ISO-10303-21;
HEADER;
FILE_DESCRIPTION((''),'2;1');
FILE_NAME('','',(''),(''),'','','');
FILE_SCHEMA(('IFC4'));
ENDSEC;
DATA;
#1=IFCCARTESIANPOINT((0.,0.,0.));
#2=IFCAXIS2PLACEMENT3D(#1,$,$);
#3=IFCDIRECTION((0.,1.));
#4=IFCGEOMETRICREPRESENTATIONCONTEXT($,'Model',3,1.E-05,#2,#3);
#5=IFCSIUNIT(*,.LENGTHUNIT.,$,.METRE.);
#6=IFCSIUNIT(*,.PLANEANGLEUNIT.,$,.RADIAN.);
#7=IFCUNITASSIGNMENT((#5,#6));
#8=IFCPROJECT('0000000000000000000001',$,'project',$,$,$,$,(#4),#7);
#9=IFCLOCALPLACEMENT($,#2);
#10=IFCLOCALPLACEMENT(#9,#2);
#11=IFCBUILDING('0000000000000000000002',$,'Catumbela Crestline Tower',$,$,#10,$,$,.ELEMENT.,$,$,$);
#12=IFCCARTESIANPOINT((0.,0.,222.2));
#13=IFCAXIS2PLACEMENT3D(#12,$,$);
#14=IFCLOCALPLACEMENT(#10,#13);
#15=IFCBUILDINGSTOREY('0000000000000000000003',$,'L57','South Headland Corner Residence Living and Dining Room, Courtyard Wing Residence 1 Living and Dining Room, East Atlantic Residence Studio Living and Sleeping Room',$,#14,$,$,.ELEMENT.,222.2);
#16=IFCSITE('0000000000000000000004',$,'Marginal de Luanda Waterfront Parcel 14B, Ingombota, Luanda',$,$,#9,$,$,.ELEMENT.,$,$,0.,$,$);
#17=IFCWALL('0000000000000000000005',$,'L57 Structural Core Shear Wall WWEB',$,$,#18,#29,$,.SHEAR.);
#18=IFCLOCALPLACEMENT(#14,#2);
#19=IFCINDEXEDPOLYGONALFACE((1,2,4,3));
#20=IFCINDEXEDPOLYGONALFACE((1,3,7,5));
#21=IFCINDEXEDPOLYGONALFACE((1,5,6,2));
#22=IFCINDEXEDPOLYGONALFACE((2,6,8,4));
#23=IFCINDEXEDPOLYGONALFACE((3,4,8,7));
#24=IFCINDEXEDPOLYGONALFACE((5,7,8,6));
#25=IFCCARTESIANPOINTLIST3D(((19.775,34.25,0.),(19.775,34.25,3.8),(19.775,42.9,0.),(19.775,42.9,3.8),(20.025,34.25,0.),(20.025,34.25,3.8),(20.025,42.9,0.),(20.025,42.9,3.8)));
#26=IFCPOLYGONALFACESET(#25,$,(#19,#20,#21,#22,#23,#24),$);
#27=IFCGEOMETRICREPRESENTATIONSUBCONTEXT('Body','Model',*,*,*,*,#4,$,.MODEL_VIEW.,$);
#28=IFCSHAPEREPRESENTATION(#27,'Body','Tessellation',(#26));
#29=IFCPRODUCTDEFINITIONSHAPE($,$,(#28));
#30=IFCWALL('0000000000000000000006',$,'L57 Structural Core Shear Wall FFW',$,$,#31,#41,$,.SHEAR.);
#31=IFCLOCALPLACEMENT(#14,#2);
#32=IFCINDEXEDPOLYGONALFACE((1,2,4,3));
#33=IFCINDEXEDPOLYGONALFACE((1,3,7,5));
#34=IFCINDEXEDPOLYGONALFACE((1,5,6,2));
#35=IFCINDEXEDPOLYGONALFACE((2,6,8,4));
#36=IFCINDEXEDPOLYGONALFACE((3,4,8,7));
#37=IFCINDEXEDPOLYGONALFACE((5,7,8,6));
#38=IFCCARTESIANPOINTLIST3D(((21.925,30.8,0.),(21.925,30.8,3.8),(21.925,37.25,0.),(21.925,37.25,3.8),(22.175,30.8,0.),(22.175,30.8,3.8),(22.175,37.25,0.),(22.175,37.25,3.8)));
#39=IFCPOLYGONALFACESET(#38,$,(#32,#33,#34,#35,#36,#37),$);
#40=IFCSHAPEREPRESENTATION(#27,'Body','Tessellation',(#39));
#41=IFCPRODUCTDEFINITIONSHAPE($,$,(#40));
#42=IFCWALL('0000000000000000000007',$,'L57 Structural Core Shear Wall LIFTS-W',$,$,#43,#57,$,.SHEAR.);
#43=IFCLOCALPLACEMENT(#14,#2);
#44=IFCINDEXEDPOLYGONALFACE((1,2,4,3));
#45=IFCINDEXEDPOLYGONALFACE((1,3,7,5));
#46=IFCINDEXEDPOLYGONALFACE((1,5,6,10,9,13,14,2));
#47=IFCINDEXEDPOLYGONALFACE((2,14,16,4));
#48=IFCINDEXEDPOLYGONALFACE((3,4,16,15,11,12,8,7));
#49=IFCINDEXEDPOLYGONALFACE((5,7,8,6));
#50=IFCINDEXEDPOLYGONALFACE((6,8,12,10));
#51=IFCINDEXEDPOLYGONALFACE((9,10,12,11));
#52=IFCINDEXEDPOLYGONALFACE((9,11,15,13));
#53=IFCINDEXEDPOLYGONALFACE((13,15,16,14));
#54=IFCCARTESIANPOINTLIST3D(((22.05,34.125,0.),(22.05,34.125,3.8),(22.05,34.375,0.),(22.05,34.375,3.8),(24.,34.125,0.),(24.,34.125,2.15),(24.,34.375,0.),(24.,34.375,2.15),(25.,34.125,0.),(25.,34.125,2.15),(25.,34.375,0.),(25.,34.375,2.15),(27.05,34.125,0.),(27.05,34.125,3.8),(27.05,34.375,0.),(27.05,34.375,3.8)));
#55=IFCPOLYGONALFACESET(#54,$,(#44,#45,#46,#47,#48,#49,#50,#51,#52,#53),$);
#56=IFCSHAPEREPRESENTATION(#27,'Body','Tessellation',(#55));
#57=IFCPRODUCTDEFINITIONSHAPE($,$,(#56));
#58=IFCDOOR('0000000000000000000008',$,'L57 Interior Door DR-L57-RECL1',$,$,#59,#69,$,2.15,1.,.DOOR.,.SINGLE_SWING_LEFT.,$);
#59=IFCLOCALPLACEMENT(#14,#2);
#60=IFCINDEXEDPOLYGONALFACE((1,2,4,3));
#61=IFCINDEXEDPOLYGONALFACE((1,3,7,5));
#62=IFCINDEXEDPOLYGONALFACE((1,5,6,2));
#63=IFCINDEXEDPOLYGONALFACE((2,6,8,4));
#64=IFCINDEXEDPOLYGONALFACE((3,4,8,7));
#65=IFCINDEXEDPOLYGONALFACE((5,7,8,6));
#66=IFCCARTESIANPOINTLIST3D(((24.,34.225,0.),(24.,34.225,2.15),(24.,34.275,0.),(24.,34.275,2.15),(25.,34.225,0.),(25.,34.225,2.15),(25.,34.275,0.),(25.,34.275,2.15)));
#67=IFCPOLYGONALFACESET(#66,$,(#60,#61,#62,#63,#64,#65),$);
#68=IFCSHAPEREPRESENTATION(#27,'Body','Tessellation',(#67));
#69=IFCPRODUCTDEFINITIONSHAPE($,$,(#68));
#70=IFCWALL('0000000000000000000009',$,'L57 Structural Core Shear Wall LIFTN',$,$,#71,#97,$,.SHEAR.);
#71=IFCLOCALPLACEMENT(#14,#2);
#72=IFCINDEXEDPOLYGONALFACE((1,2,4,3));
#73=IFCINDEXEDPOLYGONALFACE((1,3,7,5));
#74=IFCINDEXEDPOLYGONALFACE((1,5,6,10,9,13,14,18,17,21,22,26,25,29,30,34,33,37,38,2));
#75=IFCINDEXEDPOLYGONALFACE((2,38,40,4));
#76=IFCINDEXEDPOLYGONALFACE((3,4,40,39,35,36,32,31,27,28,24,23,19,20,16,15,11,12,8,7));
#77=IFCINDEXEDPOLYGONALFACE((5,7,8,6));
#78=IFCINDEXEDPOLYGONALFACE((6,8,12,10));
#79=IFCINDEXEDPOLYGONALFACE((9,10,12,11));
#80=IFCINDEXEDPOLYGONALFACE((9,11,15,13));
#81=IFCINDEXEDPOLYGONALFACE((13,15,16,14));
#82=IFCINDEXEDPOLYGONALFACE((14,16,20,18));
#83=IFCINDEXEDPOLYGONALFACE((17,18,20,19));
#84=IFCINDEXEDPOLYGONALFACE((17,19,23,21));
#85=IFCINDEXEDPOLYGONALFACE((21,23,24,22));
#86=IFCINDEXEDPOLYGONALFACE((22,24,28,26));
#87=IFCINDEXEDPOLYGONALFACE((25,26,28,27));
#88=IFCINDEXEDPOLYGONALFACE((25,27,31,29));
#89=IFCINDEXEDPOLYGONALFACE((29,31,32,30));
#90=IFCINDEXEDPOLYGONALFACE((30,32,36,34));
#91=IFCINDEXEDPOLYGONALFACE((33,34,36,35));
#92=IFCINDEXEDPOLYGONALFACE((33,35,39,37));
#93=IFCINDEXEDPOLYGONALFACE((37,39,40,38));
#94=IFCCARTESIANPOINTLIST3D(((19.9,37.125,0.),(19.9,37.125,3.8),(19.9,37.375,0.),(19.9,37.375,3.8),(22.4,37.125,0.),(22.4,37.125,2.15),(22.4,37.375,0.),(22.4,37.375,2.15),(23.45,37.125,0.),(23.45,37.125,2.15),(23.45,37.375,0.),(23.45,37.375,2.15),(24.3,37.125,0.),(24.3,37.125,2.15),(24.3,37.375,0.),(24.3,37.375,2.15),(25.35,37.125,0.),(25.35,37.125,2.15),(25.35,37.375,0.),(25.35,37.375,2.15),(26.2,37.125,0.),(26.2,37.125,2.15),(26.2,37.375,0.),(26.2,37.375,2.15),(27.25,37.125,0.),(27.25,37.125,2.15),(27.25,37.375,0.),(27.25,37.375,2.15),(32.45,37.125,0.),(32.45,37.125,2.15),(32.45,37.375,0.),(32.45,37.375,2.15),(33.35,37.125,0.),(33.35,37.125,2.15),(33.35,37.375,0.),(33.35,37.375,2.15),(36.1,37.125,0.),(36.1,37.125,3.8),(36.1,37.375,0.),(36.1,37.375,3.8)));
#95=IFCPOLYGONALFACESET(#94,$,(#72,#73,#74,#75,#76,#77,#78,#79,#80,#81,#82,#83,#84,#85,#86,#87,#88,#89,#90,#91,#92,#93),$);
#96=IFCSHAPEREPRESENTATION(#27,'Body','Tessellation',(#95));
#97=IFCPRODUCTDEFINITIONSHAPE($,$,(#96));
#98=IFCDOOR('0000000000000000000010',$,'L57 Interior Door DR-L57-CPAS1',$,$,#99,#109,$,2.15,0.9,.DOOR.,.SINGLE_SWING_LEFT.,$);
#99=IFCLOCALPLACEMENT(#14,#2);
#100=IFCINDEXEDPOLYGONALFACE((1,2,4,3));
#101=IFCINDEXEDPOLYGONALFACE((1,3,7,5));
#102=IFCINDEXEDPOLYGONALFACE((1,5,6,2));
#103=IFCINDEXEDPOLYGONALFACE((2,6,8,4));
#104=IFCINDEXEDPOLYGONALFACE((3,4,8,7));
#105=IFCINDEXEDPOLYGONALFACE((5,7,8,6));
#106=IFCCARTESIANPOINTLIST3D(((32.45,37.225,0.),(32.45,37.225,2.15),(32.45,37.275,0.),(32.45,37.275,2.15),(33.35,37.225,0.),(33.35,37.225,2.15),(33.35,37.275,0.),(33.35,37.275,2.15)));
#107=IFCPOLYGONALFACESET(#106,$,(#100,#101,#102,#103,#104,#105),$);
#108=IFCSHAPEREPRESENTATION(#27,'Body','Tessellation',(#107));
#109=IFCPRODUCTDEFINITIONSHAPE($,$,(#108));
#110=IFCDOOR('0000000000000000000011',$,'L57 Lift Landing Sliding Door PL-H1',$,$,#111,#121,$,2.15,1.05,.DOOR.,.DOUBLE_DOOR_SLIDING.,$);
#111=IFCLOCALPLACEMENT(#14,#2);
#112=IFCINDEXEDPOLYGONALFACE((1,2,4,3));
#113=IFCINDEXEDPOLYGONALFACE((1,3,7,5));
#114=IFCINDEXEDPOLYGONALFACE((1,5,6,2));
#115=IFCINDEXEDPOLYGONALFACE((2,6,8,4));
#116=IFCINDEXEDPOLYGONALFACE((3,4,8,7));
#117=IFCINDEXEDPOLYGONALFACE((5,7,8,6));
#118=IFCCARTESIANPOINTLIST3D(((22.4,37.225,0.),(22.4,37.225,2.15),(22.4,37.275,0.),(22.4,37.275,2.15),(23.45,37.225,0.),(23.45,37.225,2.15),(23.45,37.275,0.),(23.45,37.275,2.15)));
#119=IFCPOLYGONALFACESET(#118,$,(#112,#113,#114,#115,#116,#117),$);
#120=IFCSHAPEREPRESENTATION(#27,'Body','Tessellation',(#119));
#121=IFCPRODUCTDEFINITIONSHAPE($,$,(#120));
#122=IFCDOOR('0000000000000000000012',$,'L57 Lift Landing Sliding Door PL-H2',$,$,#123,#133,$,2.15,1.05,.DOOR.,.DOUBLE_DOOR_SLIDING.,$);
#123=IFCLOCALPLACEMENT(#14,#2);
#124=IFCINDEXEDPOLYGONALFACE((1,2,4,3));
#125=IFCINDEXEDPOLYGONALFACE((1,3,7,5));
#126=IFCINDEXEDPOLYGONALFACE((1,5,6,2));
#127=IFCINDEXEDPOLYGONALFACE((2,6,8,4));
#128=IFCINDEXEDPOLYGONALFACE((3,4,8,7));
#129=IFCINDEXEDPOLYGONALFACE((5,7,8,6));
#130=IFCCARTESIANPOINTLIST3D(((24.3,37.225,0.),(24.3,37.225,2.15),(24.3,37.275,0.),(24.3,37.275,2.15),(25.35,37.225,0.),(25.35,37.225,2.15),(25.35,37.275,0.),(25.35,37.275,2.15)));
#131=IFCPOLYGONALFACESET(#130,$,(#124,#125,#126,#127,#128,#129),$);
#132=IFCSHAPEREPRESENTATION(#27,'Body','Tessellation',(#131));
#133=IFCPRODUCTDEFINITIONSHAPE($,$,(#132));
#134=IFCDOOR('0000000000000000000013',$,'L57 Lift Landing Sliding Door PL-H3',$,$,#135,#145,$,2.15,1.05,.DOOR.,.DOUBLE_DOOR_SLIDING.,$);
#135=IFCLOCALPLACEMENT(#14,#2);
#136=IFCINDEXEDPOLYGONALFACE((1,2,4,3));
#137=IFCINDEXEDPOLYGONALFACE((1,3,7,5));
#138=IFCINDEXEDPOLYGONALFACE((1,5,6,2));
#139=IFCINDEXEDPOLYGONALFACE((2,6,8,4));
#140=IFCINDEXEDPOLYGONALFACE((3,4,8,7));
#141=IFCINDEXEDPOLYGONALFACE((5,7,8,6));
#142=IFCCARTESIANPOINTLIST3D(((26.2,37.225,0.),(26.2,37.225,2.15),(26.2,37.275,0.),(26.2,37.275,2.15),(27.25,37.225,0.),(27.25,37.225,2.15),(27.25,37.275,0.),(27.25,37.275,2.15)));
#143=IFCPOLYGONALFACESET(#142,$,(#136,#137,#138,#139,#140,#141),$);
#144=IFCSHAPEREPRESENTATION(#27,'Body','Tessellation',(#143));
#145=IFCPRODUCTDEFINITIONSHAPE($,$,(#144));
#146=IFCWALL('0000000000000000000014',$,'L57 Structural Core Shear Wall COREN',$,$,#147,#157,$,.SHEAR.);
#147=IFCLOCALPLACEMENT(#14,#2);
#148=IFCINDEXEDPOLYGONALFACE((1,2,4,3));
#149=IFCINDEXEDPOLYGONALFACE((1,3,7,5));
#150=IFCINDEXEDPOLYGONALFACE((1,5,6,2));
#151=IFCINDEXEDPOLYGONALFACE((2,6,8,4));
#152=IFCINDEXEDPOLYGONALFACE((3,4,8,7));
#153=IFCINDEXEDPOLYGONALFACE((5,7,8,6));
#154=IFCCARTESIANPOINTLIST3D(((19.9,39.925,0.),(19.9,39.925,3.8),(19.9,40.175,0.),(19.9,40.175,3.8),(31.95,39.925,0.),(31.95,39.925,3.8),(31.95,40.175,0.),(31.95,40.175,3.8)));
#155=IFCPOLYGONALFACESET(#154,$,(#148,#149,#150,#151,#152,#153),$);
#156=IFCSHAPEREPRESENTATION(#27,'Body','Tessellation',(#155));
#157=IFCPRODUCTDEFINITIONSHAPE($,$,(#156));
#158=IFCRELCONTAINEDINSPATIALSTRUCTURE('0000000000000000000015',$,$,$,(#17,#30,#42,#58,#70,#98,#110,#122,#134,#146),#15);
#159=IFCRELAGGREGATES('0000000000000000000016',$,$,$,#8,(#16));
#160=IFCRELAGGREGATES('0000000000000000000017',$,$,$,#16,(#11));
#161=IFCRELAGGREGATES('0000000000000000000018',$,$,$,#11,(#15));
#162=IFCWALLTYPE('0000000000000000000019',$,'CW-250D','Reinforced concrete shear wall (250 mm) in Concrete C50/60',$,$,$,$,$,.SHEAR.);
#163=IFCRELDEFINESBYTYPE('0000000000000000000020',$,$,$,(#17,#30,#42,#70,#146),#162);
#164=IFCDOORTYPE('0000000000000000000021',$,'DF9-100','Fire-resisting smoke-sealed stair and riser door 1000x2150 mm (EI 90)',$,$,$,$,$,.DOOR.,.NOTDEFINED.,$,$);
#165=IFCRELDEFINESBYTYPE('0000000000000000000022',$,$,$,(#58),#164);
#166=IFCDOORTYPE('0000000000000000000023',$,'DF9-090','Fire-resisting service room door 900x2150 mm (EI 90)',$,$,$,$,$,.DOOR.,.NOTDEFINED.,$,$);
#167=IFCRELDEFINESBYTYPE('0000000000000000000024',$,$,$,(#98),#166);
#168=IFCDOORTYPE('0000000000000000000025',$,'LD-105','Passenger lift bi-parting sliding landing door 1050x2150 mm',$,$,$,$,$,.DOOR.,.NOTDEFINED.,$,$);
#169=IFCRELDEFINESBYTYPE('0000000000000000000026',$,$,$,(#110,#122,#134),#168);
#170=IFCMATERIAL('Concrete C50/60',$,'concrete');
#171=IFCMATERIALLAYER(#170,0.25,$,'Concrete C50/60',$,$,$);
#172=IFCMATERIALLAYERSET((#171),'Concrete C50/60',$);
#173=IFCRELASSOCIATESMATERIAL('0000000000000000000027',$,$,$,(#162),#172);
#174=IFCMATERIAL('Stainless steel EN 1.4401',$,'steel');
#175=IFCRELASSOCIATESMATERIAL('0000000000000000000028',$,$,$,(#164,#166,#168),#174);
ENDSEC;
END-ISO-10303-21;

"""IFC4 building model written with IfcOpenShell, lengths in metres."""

from ifc_helpers import new_model, si_unit, direction, frame, frame_2d, origin, place, context, subcontext, project, spatial, rectangle, extrude, material, layer, layer_set, type_object, element, fill, save


model = new_model("IFC4")

# Units and contexts
model_context = context("Model", 3, precision=1e-05, world=origin(), true_north=direction((0.0, 1.0)))
body_context = subcontext(model_context, "Body", "Model", "MODEL_VIEW")
ifc_project = project(units=[si_unit("LENGTHUNIT", "METRE"), si_unit("PLANEANGLEUNIT", "RADIAN")], contexts=[model_context])

# Site, building, storey
site_placement = place(None, origin())
site = spatial("IfcSite", under=ifc_project, at=site_placement, Name="Marginal de Luanda Waterfront Parcel 14B, Ingombota, Luanda", CompositionType="ELEMENT", RefElevation=0.0)
building_placement = place(site_placement, origin())
building = spatial("IfcBuilding", under=site, at=building_placement, Name="Catumbela Crestline Tower", CompositionType="ELEMENT")
storey_placement = place(building_placement, frame((0.0, 0.0, 222.2)))
storey = spatial("IfcBuildingStorey", under=building, at=storey_placement, Name="L57", Description="South Headland Corner Residence Living and Dining Room, Courtyard Wing Residence 1 Living and Dining Room, East Atlantic Residence Studio Living and Sleeping Room", CompositionType="ELEMENT", Elevation=222.2)

# Walls
ifc_material_1 = material(Name="Concrete C50/60", Category="concrete")
ifc_layer_1 = layer(ifc_material_1, 0.25, Name="Concrete C50/60")
ifc_layer_set_1 = layer_set([ifc_layer_1], Name="Concrete C50/60")
wall_type_1 = type_object("IfcWallType", Name="CW-250D", Description="Reinforced concrete shear wall (250 mm) in Concrete C50/60", PredefinedType="SHEAR", material=ifc_layer_set_1)
wall_1_placement = place(storey_placement, frame((19.9, 34.25, 0.0), z_axis=(0.0, 0.0, 1.0), x_axis=(0.0, 1.0, 0.0)))
element("IfcWall", 1, at=wall_1_placement, inside=storey, type_object=wall_type_1, Name="L57 Structural Core Shear Wall WWEB", PredefinedType="SHEAR", context=body_context, shape_type="SweptSolid", body=[
    extrude(rectangle(XDim=8.65, YDim=0.25, at=frame_2d((4.325, 0.0))), origin(), (0.0, 0.0, 1.0), 3.8),
])
wall_2_placement = place(storey_placement, frame((22.05, 30.8, 0.0), z_axis=(0.0, 0.0, 1.0), x_axis=(0.0, 1.0, 0.0)))
element("IfcWall", 2, at=wall_2_placement, inside=storey, type_object=wall_type_1, Name="L57 Structural Core Shear Wall FFW", PredefinedType="SHEAR", context=body_context, shape_type="SweptSolid", body=[
    extrude(rectangle(XDim=6.45, YDim=0.25, at=frame_2d((3.225, 0.0))), origin(), (0.0, 0.0, 1.0), 3.8),
])

# Wall, opening, door
wall_3_placement = place(storey_placement, frame((22.05, 34.25, 0.0), z_axis=(0.0, 0.0, 1.0), x_axis=(1.0, 0.0, 0.0)))
wall_3 = element("IfcWall", 3, at=wall_3_placement, inside=storey, type_object=wall_type_1, Name="L57 Structural Core Shear Wall LIFTS-W", PredefinedType="SHEAR", context=body_context, shape_type="SweptSolid", body=[
    extrude(rectangle(XDim=5.0, YDim=0.25, at=frame_2d((2.5, 0.0))), origin(), (0.0, 0.0, 1.0), 3.8),
])
opening_1_placement = place(wall_3_placement, frame((1.95, 0.0, 0.0)))
opening_1 = element("IfcOpeningElement", 4, at=opening_1_placement, cuts=wall_3, PredefinedType="OPENING", context=body_context, shape_type="SweptSolid", body=[
    extrude(rectangle(XDim=1.0, YDim=2.15, at=frame_2d((0.5, 1.075))), frame((0.0, 0.135, 0.0), z_axis=(0.0, -1.0, 0.0), x_axis=(1.0, 0.0, 0.0)), (0.0, 0.0, 1.0), 0.27),
])
ifc_material_2 = material(Name="Stainless steel EN 1.4401", Category="steel")
door_type_1 = type_object("IfcDoorType", Name="DF9-100", Description="Fire-resisting smoke-sealed stair and riser door 1000x2150 mm (EI 90)", OperationType="NOTDEFINED", PredefinedType="DOOR", material=ifc_material_2)
door_1_placement = place(opening_1_placement, origin())
door_1 = element("IfcDoor", 5, at=door_1_placement, inside=storey, type_object=door_type_1, Name="L57 Interior Door DR-L57-RECL1", OperationType="SINGLE_SWING_LEFT", OverallHeight=2.15, OverallWidth=1.0, PredefinedType="DOOR", context=body_context, shape_type="SweptSolid", body=[
    extrude(rectangle(XDim=1.0, YDim=2.15, at=frame_2d((0.5, 1.075))), frame((0.0, 0.025, 0.0), z_axis=(0.0, -1.0, 0.0), x_axis=(1.0, 0.0, 0.0)), (0.0, 0.0, 1.0), 0.05),
])
fill(opening_1, door_1)

# Wall, openings, doors
wall_4_placement = place(storey_placement, frame((19.9, 37.25, 0.0), z_axis=(0.0, 0.0, 1.0), x_axis=(1.0, 0.0, 0.0)))
wall_4 = element("IfcWall", 6, at=wall_4_placement, inside=storey, type_object=wall_type_1, Name="L57 Structural Core Shear Wall LIFTN", PredefinedType="SHEAR", context=body_context, shape_type="SweptSolid", body=[
    extrude(rectangle(XDim=16.2, YDim=0.25, at=frame_2d((8.1, 0.0))), origin(), (0.0, 0.0, 1.0), 3.8),
])
opening_2_placement = place(wall_4_placement, frame((12.55, 0.0, 0.0)))
opening_2 = element("IfcOpeningElement", 7, at=opening_2_placement, cuts=wall_4, PredefinedType="OPENING", context=body_context, shape_type="SweptSolid", body=[
    extrude(rectangle(XDim=0.9, YDim=2.15, at=frame_2d((0.45, 1.075))), frame((0.0, 0.135, 0.0), z_axis=(0.0, -1.0, 0.0), x_axis=(1.0, 0.0, 0.0)), (0.0, 0.0, 1.0), 0.27),
])
opening_3_placement = place(wall_4_placement, frame((2.5, 0.0, 0.0)))
opening_3 = element("IfcOpeningElement", 8, at=opening_3_placement, cuts=wall_4, PredefinedType="OPENING", context=body_context, shape_type="SweptSolid", body=[
    extrude(rectangle(XDim=1.05, YDim=2.15, at=frame_2d((0.525, 1.075))), frame((0.0, 0.135, 0.0), z_axis=(0.0, -1.0, 0.0), x_axis=(1.0, 0.0, 0.0)), (0.0, 0.0, 1.0), 0.27),
])
opening_4_placement = place(wall_4_placement, frame((4.4, 0.0, 0.0)))
opening_4 = element("IfcOpeningElement", 9, at=opening_4_placement, cuts=wall_4, PredefinedType="OPENING", context=body_context, shape_type="SweptSolid", body=[
    extrude(rectangle(XDim=1.05, YDim=2.15, at=frame_2d((0.525, 1.075))), frame((0.0, 0.135, 0.0), z_axis=(0.0, -1.0, 0.0), x_axis=(1.0, 0.0, 0.0)), (0.0, 0.0, 1.0), 0.27),
])
opening_5_placement = place(wall_4_placement, frame((6.3, 0.0, 0.0)))
opening_5 = element("IfcOpeningElement", 10, at=opening_5_placement, cuts=wall_4, PredefinedType="OPENING", context=body_context, shape_type="SweptSolid", body=[
    extrude(rectangle(XDim=1.05, YDim=2.15, at=frame_2d((0.525, 1.075))), frame((0.0, 0.135, 0.0), z_axis=(0.0, -1.0, 0.0), x_axis=(1.0, 0.0, 0.0)), (0.0, 0.0, 1.0), 0.27),
])
door_type_2 = type_object("IfcDoorType", Name="DF9-090", Description="Fire-resisting service room door 900x2150 mm (EI 90)", OperationType="NOTDEFINED", PredefinedType="DOOR", material=ifc_material_2)
door_2_placement = place(opening_2_placement, origin())
door_2 = element("IfcDoor", 11, at=door_2_placement, inside=storey, type_object=door_type_2, Name="L57 Interior Door DR-L57-CPAS1", OperationType="SINGLE_SWING_LEFT", OverallHeight=2.15, OverallWidth=0.9, PredefinedType="DOOR", context=body_context, shape_type="SweptSolid", body=[
    extrude(rectangle(XDim=0.9, YDim=2.15, at=frame_2d((0.45, 1.075))), frame((0.0, 0.025, 0.0), z_axis=(0.0, -1.0, 0.0), x_axis=(1.0, 0.0, 0.0)), (0.0, 0.0, 1.0), 0.05),
])
fill(opening_2, door_2)
door_type_3 = type_object("IfcDoorType", Name="LD-105", Description="Passenger lift bi-parting sliding landing door 1050x2150 mm", OperationType="NOTDEFINED", PredefinedType="DOOR", material=ifc_material_2)
door_3_placement = place(opening_3_placement, origin())
door_3 = element("IfcDoor", 12, at=door_3_placement, inside=storey, type_object=door_type_3, Name="L57 Lift Landing Sliding Door PL-H1", OperationType="DOUBLE_DOOR_SLIDING", OverallHeight=2.15, OverallWidth=1.05, PredefinedType="DOOR", context=body_context, shape_type="SweptSolid", body=[
    extrude(rectangle(XDim=1.05, YDim=2.15, at=frame_2d((0.525, 1.075))), frame((0.0, 0.025, 0.0), z_axis=(0.0, -1.0, 0.0), x_axis=(1.0, 0.0, 0.0)), (0.0, 0.0, 1.0), 0.05),
])
fill(opening_3, door_3)
door_4_placement = place(opening_4_placement, origin())
door_4 = element("IfcDoor", 13, at=door_4_placement, inside=storey, type_object=door_type_3, Name="L57 Lift Landing Sliding Door PL-H2", OperationType="DOUBLE_DOOR_SLIDING", OverallHeight=2.15, OverallWidth=1.05, PredefinedType="DOOR", context=body_context, shape_type="SweptSolid", body=[
    extrude(rectangle(XDim=1.05, YDim=2.15, at=frame_2d((0.525, 1.075))), frame((0.0, 0.025, 0.0), z_axis=(0.0, -1.0, 0.0), x_axis=(1.0, 0.0, 0.0)), (0.0, 0.0, 1.0), 0.05),
])
fill(opening_4, door_4)
door_5_placement = place(opening_5_placement, origin())
door_5 = element("IfcDoor", 14, at=door_5_placement, inside=storey, type_object=door_type_3, Name="L57 Lift Landing Sliding Door PL-H3", OperationType="DOUBLE_DOOR_SLIDING", OverallHeight=2.15, OverallWidth=1.05, PredefinedType="DOOR", context=body_context, shape_type="SweptSolid", body=[
    extrude(rectangle(XDim=1.05, YDim=2.15, at=frame_2d((0.525, 1.075))), frame((0.0, 0.025, 0.0), z_axis=(0.0, -1.0, 0.0), x_axis=(1.0, 0.0, 0.0)), (0.0, 0.0, 1.0), 0.05),
])
fill(opening_5, door_5)

# Wall
wall_5_placement = place(storey_placement, frame((19.9, 40.05, 0.0), z_axis=(0.0, 0.0, 1.0), x_axis=(1.0, 0.0, 0.0)))
element("IfcWall", 15, at=wall_5_placement, inside=storey, type_object=wall_type_1, Name="L57 Structural Core Shear Wall COREN", PredefinedType="SHEAR", context=body_context, shape_type="SweptSolid", body=[
    extrude(rectangle(XDim=12.05, YDim=0.25, at=frame_2d((6.025, 0.0))), origin(), (0.0, 0.0, 1.0), 3.8),
])

save(model, "model.ifc")
